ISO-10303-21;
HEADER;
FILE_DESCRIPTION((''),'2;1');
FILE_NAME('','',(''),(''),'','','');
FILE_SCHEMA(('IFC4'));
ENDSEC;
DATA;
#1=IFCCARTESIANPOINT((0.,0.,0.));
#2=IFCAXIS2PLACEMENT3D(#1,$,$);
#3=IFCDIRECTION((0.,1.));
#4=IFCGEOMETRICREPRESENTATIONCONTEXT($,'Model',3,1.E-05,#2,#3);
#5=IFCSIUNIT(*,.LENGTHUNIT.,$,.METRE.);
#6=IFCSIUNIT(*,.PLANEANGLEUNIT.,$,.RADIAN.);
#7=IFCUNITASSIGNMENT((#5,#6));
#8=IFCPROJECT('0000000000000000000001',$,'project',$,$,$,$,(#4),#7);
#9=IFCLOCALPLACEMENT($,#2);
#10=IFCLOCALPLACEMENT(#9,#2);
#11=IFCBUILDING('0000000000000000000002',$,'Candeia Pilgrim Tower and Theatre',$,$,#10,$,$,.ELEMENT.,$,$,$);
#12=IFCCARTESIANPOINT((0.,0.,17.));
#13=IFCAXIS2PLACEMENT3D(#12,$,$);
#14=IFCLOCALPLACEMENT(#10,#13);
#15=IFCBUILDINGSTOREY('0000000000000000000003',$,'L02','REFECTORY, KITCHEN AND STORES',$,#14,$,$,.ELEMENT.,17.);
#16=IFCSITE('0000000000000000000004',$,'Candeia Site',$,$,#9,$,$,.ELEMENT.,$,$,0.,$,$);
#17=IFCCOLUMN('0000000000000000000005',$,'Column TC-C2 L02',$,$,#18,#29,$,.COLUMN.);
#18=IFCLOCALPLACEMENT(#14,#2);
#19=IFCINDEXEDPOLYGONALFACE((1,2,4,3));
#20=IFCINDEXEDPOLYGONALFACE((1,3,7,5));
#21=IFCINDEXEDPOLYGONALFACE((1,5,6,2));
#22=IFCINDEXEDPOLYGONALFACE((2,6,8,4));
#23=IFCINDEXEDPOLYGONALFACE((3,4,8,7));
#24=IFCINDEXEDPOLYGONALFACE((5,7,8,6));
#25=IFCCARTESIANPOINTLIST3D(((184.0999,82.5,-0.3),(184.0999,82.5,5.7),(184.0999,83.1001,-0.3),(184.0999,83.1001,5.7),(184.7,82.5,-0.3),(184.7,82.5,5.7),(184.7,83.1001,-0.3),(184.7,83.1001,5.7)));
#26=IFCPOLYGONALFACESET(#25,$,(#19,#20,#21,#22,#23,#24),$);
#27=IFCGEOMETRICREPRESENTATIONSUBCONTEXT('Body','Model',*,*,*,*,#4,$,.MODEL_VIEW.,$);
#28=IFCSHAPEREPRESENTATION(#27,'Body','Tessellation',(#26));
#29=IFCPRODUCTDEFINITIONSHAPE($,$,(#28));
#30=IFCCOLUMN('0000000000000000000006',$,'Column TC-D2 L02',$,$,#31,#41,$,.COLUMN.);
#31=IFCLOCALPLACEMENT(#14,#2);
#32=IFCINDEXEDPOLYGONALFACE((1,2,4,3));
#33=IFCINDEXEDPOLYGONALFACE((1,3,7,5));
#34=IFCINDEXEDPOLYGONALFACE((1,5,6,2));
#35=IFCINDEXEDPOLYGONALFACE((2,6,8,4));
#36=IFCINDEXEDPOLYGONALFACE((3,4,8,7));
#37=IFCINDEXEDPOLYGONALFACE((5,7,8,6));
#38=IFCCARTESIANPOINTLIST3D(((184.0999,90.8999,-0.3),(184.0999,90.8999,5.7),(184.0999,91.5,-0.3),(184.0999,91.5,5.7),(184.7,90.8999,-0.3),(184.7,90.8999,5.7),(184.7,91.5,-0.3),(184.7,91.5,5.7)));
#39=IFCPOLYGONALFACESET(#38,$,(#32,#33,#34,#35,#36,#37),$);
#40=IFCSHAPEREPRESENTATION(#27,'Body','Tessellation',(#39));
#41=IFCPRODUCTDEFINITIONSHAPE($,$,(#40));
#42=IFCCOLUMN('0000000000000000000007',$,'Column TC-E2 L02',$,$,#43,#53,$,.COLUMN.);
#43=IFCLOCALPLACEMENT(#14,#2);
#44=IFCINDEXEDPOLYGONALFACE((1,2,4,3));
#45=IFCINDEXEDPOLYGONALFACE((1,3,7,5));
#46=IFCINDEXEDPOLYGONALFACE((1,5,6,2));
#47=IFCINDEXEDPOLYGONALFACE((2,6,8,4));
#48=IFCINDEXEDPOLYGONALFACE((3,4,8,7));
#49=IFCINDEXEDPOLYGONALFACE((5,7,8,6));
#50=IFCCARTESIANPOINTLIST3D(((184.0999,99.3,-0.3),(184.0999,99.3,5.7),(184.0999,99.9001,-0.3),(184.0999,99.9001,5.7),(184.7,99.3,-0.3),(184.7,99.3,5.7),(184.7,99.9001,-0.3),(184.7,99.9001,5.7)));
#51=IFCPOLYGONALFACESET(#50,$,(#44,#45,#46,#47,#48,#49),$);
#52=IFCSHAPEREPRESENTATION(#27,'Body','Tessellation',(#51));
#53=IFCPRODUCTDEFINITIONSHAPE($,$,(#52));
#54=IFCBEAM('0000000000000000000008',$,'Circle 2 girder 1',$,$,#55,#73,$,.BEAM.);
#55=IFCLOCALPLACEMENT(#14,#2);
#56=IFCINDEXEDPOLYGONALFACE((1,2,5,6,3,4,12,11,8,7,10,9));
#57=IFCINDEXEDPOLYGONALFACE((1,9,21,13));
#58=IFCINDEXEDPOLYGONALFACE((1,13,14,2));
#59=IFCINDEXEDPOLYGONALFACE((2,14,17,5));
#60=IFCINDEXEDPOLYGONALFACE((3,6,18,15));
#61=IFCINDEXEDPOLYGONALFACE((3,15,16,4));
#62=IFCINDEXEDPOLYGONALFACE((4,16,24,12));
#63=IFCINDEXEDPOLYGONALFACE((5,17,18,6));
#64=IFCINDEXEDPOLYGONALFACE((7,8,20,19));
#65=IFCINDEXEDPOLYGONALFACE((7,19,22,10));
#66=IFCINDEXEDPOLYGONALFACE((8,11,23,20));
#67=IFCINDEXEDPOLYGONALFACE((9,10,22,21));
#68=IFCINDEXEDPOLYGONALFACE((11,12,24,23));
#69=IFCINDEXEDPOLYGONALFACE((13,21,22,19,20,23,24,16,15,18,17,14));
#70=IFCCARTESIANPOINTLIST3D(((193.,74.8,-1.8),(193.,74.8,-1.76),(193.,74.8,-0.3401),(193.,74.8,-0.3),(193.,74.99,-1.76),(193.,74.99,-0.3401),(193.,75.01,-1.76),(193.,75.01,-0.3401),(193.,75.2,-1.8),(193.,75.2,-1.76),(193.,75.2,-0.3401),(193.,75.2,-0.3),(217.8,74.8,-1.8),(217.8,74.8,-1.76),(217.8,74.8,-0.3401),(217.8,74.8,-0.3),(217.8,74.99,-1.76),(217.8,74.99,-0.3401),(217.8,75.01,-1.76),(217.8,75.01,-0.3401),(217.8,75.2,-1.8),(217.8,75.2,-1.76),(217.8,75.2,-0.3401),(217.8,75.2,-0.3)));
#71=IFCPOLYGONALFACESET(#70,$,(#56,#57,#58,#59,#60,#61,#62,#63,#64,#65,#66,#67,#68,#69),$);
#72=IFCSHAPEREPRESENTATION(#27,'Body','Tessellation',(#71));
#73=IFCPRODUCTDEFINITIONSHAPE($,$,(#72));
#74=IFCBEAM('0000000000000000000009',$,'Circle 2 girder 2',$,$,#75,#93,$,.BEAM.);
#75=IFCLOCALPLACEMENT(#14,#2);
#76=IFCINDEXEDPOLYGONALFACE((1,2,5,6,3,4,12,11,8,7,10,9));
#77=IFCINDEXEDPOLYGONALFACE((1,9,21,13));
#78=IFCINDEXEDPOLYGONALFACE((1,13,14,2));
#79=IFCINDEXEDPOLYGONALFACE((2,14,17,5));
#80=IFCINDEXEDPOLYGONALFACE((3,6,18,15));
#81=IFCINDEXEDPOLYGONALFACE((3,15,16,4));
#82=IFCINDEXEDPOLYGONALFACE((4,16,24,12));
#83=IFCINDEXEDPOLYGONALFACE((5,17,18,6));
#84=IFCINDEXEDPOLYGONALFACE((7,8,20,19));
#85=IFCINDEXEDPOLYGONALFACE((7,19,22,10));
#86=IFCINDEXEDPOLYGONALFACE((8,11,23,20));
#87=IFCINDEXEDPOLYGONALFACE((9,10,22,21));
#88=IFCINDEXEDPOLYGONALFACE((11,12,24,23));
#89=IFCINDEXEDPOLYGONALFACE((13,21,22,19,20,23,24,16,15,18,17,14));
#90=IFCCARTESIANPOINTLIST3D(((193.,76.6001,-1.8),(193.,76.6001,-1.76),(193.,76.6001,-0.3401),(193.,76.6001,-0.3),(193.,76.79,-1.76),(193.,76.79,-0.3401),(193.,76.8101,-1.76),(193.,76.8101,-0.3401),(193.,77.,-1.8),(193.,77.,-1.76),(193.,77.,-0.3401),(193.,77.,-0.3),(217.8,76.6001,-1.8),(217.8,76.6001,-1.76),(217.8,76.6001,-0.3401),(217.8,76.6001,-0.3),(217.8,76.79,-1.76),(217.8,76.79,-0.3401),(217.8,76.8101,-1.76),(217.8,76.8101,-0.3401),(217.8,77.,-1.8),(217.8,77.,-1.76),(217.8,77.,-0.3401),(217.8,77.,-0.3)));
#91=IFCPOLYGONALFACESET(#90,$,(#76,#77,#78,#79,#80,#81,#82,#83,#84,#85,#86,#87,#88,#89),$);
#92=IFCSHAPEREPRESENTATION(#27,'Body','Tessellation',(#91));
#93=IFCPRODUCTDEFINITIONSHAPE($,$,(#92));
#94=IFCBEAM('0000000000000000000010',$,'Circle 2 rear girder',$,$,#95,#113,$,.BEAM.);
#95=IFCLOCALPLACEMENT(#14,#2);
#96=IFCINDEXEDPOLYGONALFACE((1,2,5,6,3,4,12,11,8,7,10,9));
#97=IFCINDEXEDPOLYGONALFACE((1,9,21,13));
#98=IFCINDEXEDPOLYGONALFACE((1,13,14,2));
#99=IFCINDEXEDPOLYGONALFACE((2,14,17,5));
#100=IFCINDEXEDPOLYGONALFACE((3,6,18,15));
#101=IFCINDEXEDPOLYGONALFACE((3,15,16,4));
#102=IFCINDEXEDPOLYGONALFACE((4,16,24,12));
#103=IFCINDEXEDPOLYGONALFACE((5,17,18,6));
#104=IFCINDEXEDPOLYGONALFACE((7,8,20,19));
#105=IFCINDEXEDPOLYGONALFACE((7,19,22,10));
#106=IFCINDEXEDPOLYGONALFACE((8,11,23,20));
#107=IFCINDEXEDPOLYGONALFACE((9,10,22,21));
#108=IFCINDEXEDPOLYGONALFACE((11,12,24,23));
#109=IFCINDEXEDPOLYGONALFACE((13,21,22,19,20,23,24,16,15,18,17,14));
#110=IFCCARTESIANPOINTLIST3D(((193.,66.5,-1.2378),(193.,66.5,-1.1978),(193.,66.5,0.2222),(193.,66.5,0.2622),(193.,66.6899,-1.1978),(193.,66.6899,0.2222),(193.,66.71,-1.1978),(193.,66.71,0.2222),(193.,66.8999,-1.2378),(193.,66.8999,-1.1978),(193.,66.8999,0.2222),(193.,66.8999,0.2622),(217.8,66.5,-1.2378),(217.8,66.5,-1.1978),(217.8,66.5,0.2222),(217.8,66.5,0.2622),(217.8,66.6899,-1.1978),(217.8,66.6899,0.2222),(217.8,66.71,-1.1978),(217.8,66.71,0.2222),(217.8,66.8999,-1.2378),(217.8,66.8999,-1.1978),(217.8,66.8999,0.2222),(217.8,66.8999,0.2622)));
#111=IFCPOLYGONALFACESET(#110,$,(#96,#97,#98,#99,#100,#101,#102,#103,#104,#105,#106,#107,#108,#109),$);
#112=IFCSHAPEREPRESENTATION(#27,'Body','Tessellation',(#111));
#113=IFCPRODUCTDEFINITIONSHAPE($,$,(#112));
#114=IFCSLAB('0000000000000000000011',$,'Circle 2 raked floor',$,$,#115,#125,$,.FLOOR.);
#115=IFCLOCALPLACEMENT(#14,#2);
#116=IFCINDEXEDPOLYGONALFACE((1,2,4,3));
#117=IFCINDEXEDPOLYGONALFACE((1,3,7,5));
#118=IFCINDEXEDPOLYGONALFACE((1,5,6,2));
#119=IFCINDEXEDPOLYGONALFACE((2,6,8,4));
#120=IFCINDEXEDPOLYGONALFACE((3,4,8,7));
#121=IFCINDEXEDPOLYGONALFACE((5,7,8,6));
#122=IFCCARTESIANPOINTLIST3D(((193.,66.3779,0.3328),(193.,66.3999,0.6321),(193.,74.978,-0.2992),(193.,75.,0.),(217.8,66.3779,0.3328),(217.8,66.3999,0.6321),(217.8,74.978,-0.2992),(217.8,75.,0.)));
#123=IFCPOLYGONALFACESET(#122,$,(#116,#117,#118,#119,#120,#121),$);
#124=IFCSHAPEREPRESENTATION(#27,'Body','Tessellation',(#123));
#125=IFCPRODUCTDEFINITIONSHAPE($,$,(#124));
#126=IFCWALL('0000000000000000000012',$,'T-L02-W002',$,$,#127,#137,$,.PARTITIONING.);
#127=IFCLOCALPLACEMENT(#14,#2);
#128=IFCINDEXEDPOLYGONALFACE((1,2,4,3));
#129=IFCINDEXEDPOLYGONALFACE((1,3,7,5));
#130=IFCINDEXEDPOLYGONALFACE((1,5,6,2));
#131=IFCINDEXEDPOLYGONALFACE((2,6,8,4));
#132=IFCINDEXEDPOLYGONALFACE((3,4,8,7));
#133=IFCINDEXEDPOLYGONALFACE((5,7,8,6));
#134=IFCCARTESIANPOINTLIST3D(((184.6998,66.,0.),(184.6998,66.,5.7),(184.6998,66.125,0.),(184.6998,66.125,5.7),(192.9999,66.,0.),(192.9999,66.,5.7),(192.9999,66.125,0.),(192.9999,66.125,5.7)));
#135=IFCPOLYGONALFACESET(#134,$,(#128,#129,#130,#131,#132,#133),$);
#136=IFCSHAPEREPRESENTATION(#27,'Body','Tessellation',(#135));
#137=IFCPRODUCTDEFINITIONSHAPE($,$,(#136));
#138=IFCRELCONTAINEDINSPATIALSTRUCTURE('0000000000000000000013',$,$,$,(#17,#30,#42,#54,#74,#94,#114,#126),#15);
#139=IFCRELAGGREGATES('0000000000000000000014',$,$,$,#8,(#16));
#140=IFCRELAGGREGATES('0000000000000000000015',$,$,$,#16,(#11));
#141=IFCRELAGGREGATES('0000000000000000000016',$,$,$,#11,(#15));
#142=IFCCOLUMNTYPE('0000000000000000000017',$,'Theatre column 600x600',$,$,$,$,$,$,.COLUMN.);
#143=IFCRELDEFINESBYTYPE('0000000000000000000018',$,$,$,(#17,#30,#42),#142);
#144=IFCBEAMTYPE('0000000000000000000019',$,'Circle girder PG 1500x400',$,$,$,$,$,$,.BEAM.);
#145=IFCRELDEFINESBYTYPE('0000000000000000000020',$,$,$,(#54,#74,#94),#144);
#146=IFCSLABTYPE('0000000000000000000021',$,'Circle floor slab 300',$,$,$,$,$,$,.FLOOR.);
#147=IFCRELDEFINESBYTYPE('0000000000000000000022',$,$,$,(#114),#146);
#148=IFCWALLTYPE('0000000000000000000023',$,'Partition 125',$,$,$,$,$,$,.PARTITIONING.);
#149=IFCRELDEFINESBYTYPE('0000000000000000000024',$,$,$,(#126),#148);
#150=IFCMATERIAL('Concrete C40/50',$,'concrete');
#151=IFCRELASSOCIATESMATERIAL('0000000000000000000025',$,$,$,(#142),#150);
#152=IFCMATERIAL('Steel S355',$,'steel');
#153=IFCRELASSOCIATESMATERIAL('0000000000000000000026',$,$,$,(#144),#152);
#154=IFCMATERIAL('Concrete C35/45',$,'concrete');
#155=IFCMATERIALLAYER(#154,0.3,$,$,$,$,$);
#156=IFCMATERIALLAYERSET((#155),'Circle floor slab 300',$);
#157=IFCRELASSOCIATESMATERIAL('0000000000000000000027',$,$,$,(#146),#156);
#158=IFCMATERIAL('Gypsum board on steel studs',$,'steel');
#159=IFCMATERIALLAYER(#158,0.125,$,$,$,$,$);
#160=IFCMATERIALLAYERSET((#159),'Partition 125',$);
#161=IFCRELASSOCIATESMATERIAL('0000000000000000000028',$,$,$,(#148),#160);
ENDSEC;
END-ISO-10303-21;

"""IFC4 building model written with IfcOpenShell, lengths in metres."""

from ifc_helpers import new_model, si_unit, direction, frame, frame_2d, origin, origin_2d, place, context, subcontext, project, spatial, polyline, rectangle, i_section, outline, extrude, material, layer, layer_set, material_profile, profile_set, type_object, element, save


model = new_model("IFC4")

# Units and contexts
model_context = context("Model", 3, precision=1e-05, world=origin(), true_north=direction((0.0, 1.0)))
body_context = subcontext(model_context, "Body", "Model", "MODEL_VIEW")
ifc_project = project(units=[si_unit("LENGTHUNIT", "METRE"), si_unit("PLANEANGLEUNIT", "RADIAN")], contexts=[model_context])

# Site, building, storey
site_placement = place(None, origin())
site = spatial("IfcSite", under=ifc_project, at=site_placement, Name="Candeia Site", CompositionType="ELEMENT", RefElevation=0.0)
building_placement = place(site_placement, origin())
building = spatial("IfcBuilding", under=site, at=building_placement, Name="Candeia Pilgrim Tower and Theatre", CompositionType="ELEMENT")
storey_placement = place(building_placement, frame((0.0, 0.0, 17.0)))
storey = spatial("IfcBuildingStorey", under=building, at=storey_placement, Name="L02", Description="REFECTORY, KITCHEN AND STORES", CompositionType="ELEMENT", Elevation=17.0)

# Columns
ifc_material_1 = material(Name="Concrete C40/50", Category="concrete")
ifc_material_profile_1 = material_profile(ifc_material_1, rectangle(XDim=0.6001, YDim=0.6001, at=origin_2d()))
ifc_profile_set_1 = profile_set([ifc_material_profile_1], Name="Concrete C40/50")
column_type = type_object("IfcColumnType", Name="Theatre column 600x600", PredefinedType="COLUMN", material=ifc_profile_set_1)
for number, where, z_axis, x_axis, name in (
    (1, (184.3999, 82.8, -0.3), (0.0, 0.0, 1.0), (1.0, 0.0, 0.0), "Column TC-C2 L02"),
    (2, (184.3999, 91.2, -0.3), (0.0, 0.0, 1.0), (1.0, 0.0, 0.0), "Column TC-D2 L02"),
    (3, (184.3999, 99.6001, -0.3), (0.0, 0.0, 1.0), (1.0, 0.0, 0.0), "Column TC-E2 L02"),
):
    element("IfcColumn", number, at=place(storey_placement, frame(where, z_axis=z_axis, x_axis=x_axis)), inside=storey, type_object=column_type, Name=name, PredefinedType="COLUMN", context=body_context, shape_type="SweptSolid", body=[
        extrude(rectangle(XDim=0.6001, YDim=0.6001, at=origin_2d()), origin(), (0.0, 0.0, 1.0), 6.0),
    ])

# Beams
ifc_material_2 = material(Name="Steel S355", Category="steel")
ifc_material_profile_2 = material_profile(ifc_material_2, i_section(OverallWidth=0.3999, OverallDepth=1.5, WebThickness=0.02, FlangeThickness=0.04, at=origin_2d()))
ifc_profile_set_2 = profile_set([ifc_material_profile_2], Name="Steel S355")
beam_type = type_object("IfcBeamType", Name="Circle girder PG 1500x400", PredefinedType="BEAM", material=ifc_profile_set_2)
for number, where, z_axis, x_axis, name in (
    (4, (193.0, 75.0, -1.05), (1.0, 0.0, 0.0), (0.0, 1.0, 0.0), "Circle 2 girder 1"),
    (5, (193.0, 76.8, -1.05), (1.0, 0.0, 0.0), (0.0, 1.0, 0.0), "Circle 2 girder 2"),
    (6, (193.0, 66.7, -0.4878), (1.0, 0.0, 0.0), (0.0, 1.0, 0.0), "Circle 2 rear girder"),
):
    element("IfcBeam", number, at=place(storey_placement, frame(where, z_axis=z_axis, x_axis=x_axis)), inside=storey, type_object=beam_type, Name=name, PredefinedType="BEAM", context=body_context, shape_type="SweptSolid", body=[
        extrude(i_section(OverallWidth=0.3999, OverallDepth=1.5, WebThickness=0.02, FlangeThickness=0.04, at=origin_2d()), origin(), (0.0, 0.0, 1.0), 24.8),
    ])

# Slab
ifc_material_3 = material(Name="Concrete C35/45", Category="concrete")
ifc_layer_1 = layer(ifc_material_3, 0.3)
ifc_layer_set_1 = layer_set([ifc_layer_1], Name="Circle floor slab 300")
slab_type = type_object("IfcSlabType", Name="Circle floor slab 300", PredefinedType="FLOOR", material=ifc_layer_set_1)
slab_placement = place(storey_placement, frame((193.0, 66.3999, 0.6321), z_axis=(0.0, 0.073299, 0.99731), x_axis=(1.0, 0.0, 0.0)))
element("IfcSlab", 7, at=slab_placement, inside=storey, type_object=slab_type, Name="Circle 2 raked floor", PredefinedType="FLOOR", context=body_context, shape_type="SweptSolid", body=[
    extrude(outline(polyline([(0.0, 0.0), (24.8, 0.0), (24.8, 8.6233), (0.0, 8.6233), (0.0, 0.0)])), origin(), (0.0, 0.0, -1.0), 0.3),
])

# Wall
ifc_material_4 = material(Name="Gypsum board on steel studs", Category="steel")
ifc_layer_2 = layer(ifc_material_4, 0.125)
ifc_layer_set_2 = layer_set([ifc_layer_2], Name="Partition 125")
wall_type_1 = type_object("IfcWallType", Name="Partition 125", PredefinedType="PARTITIONING", material=ifc_layer_set_2)
wall_1_placement = place(storey_placement, frame((184.7, 66.0625, 0.0), z_axis=(0.0, 0.0, 1.0), x_axis=(1.0, 0.0, 0.0)))
element("IfcWall", 8, at=wall_1_placement, inside=storey, type_object=wall_type_1, Name="T-L02-W002", PredefinedType="PARTITIONING", context=body_context, shape_type="SweptSolid", body=[
    extrude(rectangle(XDim=8.3, YDim=0.125, at=frame_2d((4.1499, 0.0))), origin(), (0.0, 0.0, 1.0), 5.7),
])

save(model, "model.ifc")
